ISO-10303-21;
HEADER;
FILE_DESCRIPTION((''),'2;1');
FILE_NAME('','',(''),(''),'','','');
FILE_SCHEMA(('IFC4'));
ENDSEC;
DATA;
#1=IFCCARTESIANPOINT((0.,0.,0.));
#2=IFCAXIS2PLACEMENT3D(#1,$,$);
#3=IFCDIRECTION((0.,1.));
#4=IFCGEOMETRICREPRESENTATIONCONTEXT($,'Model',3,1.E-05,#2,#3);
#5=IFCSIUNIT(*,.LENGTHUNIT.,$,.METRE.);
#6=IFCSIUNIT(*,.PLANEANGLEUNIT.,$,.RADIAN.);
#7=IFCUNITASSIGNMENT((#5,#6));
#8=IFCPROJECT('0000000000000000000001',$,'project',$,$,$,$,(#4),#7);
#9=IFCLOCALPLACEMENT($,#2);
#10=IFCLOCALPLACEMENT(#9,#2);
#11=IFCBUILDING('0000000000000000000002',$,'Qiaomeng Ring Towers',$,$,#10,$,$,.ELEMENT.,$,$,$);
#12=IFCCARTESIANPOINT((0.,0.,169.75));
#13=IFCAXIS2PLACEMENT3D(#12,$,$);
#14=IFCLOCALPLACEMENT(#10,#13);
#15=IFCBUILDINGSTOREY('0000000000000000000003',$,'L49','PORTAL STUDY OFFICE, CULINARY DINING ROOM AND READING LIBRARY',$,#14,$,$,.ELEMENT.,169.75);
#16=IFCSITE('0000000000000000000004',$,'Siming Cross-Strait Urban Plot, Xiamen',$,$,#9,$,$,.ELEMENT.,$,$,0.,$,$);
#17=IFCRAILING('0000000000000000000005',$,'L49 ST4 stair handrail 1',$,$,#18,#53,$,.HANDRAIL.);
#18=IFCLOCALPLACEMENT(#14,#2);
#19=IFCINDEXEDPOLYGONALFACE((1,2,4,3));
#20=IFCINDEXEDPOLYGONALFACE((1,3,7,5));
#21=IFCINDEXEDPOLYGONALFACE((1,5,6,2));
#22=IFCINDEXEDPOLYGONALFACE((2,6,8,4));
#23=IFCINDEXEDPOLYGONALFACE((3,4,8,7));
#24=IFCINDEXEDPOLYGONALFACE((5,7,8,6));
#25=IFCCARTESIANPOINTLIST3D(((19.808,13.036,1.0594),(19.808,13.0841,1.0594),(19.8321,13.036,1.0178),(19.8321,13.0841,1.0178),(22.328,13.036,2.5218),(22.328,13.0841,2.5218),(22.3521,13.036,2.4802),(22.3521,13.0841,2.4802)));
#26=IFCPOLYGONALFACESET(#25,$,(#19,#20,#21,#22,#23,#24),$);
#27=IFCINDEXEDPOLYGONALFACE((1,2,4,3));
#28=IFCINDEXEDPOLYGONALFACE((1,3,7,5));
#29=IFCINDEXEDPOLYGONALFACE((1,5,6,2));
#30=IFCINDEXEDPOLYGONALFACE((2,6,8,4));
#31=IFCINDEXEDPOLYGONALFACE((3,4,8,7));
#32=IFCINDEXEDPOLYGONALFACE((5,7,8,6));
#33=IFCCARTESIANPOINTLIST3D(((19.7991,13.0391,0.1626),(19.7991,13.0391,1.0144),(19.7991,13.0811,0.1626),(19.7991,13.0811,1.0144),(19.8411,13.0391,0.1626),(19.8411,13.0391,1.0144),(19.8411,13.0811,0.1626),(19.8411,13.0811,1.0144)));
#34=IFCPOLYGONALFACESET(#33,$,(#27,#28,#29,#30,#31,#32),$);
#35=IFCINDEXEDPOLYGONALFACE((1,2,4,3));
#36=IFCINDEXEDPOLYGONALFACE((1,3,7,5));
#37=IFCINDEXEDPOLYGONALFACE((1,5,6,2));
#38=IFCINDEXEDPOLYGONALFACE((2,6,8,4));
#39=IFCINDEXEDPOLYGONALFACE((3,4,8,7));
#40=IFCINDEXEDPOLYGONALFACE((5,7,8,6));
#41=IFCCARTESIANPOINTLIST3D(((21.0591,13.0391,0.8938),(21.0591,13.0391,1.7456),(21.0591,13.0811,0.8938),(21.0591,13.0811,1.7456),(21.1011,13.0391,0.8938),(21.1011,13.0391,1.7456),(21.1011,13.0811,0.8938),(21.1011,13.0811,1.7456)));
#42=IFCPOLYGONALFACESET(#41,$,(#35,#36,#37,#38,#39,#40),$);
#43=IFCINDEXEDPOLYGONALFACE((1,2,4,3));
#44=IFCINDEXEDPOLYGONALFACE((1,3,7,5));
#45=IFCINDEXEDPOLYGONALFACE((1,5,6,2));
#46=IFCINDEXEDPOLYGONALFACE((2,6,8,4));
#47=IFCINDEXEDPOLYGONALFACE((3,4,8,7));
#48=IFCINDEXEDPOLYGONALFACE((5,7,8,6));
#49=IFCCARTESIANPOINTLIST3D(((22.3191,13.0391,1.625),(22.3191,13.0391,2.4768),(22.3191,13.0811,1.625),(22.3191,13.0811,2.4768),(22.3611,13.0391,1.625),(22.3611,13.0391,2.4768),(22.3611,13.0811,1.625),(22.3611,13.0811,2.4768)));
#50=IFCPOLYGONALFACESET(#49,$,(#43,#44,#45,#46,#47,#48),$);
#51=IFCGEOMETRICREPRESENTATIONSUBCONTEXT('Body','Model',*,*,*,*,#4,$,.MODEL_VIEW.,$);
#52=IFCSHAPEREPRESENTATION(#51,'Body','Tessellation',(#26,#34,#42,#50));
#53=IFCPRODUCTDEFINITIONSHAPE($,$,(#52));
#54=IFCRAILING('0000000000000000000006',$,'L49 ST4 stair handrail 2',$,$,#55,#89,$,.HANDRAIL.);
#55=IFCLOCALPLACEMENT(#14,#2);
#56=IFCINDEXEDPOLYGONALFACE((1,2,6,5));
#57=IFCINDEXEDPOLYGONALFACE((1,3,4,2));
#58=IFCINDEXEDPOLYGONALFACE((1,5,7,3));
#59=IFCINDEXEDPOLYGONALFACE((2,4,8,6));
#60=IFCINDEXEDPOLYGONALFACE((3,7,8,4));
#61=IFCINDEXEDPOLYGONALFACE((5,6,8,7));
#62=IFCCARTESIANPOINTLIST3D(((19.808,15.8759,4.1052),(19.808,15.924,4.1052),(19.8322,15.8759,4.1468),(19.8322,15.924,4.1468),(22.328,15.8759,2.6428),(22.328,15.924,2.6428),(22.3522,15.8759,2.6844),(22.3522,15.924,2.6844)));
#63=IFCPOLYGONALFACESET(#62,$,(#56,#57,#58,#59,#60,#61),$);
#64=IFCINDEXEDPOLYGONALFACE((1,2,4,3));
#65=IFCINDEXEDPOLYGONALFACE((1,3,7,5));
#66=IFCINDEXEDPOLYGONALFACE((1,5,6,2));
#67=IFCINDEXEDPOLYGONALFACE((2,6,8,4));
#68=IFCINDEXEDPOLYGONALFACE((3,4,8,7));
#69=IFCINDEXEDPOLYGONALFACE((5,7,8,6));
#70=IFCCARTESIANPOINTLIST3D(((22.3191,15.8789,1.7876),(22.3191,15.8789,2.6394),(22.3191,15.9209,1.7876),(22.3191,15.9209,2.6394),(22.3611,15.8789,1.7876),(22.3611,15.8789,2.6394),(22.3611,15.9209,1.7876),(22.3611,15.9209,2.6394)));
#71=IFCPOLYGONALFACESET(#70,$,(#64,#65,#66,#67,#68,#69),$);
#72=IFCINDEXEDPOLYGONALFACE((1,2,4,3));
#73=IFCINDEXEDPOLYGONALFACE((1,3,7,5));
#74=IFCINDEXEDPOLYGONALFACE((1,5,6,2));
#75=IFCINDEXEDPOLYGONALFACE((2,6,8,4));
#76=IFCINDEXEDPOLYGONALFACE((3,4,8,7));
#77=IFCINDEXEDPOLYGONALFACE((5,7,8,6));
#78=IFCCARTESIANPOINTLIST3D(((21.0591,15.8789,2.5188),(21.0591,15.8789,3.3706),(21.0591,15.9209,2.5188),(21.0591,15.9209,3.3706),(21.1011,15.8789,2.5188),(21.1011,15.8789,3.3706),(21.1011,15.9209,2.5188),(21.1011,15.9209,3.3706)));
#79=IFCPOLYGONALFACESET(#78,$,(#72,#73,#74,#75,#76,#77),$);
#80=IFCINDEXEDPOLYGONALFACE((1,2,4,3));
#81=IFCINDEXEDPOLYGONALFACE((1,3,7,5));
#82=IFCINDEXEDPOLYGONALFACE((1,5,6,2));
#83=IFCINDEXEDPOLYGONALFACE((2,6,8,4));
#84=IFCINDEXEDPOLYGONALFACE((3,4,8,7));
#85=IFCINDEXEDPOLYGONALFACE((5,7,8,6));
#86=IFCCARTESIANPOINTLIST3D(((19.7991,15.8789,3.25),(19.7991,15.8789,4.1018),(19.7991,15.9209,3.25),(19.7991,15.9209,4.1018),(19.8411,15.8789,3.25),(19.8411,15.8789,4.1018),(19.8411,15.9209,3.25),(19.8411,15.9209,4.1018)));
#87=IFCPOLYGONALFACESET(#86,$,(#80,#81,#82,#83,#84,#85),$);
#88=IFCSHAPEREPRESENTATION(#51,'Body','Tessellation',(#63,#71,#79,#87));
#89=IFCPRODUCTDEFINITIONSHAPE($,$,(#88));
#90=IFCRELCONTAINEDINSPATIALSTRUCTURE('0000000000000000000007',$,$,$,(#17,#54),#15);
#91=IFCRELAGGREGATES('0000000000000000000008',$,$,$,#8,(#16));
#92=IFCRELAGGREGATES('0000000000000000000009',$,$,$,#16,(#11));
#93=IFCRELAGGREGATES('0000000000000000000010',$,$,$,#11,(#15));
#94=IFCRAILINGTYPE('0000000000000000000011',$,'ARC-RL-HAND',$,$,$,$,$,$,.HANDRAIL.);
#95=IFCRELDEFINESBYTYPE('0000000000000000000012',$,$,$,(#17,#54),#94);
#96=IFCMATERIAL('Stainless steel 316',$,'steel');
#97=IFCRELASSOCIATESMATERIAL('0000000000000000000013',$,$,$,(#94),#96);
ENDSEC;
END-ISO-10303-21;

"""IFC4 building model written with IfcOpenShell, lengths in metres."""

from ifc_helpers import new_model, si_unit, direction, frame, origin, origin_2d, place, context, subcontext, project, spatial, rectangle, extrude, material, type_object, element, save


model = new_model("IFC4")

# Units and contexts
model_context = context("Model", 3, precision=1e-05, world=origin(), true_north=direction((0.0, 1.0)))
body_context = subcontext(model_context, "Body", "Model", "MODEL_VIEW")
ifc_project = project(units=[si_unit("LENGTHUNIT", "METRE"), si_unit("PLANEANGLEUNIT", "RADIAN")], contexts=[model_context])

# Site, building, storey
site_placement = place(None, origin())
site = spatial("IfcSite", under=ifc_project, at=site_placement, Name="Siming Cross-Strait Urban Plot, Xiamen", CompositionType="ELEMENT", RefElevation=0.0)
building_placement = place(site_placement, origin())
building = spatial("IfcBuilding", under=site, at=building_placement, Name="Qiaomeng Ring Towers", CompositionType="ELEMENT")
storey_placement = place(building_placement, frame((0.0, 0.0, 169.75)))
storey = spatial("IfcBuildingStorey", under=building, at=storey_placement, Name="L49", Description="PORTAL STUDY OFFICE, CULINARY DINING ROOM AND READING LIBRARY", CompositionType="ELEMENT", Elevation=169.75)

# Railings
ifc_material_1 = material(Name="Stainless steel 316", Category="steel")
railing_type_1 = type_object("IfcRailingType", Name="ARC-RL-HAND", PredefinedType="HANDRAIL", material=ifc_material_1)
railing_1_placement = place(storey_placement, frame((19.8201, 13.0601, 0.1626)))
element("IfcRailing", 1, at=railing_1_placement, inside=storey, type_object=railing_type_1, Name="L49 ST4 stair handrail 1", PredefinedType="HANDRAIL", context=body_context, shape_type="SweptSolid", body=[
    extrude(rectangle(XDim=0.0481, YDim=0.0481, at=origin_2d()), frame((0.0, 0.0, 0.876), z_axis=(0.864913, 0.0, 0.501921), x_axis=(0.0, 1.0, 0.0)), (0.0, 0.0, 1.0), 2.9136),
    extrude(rectangle(XDim=0.042, YDim=0.042, at=origin_2d()), origin(), (0.0, 0.0, 1.0), 0.8518),
    extrude(rectangle(XDim=0.042, YDim=0.042, at=origin_2d()), frame((1.26, 0.0, 0.7312)), (0.0, 0.0, 1.0), 0.8518),
    extrude(rectangle(XDim=0.042, YDim=0.042, at=origin_2d()), frame((2.52, 0.0, 1.4624)), (0.0, 0.0, 1.0), 0.8518),
])
railing_2_placement = place(storey_placement, frame((22.3401, 15.8999, 1.7876)))
element("IfcRailing", 2, at=railing_2_placement, inside=storey, type_object=railing_type_1, Name="L49 ST4 stair handrail 2", PredefinedType="HANDRAIL", context=body_context, shape_type="SweptSolid", body=[
    extrude(rectangle(XDim=0.0481, YDim=0.0481, at=origin_2d()), frame((0.0, 0.0, 0.876), z_axis=(-0.864913, 0.0, 0.501921), x_axis=(0.0, -1.0, 0.0)), (0.0, 0.0, 1.0), 2.9136),
    extrude(rectangle(XDim=0.042, YDim=0.042, at=origin_2d()), origin(), (0.0, 0.0, 1.0), 0.8518),
    extrude(rectangle(XDim=0.042, YDim=0.042, at=origin_2d()), frame((-1.26, 0.0, 0.7312)), (0.0, 0.0, 1.0), 0.8518),
    extrude(rectangle(XDim=0.042, YDim=0.042, at=origin_2d()), frame((-2.52, 0.0, 1.4624)), (0.0, 0.0, 1.0), 0.8518),
])

save(model, "model.ifc")
